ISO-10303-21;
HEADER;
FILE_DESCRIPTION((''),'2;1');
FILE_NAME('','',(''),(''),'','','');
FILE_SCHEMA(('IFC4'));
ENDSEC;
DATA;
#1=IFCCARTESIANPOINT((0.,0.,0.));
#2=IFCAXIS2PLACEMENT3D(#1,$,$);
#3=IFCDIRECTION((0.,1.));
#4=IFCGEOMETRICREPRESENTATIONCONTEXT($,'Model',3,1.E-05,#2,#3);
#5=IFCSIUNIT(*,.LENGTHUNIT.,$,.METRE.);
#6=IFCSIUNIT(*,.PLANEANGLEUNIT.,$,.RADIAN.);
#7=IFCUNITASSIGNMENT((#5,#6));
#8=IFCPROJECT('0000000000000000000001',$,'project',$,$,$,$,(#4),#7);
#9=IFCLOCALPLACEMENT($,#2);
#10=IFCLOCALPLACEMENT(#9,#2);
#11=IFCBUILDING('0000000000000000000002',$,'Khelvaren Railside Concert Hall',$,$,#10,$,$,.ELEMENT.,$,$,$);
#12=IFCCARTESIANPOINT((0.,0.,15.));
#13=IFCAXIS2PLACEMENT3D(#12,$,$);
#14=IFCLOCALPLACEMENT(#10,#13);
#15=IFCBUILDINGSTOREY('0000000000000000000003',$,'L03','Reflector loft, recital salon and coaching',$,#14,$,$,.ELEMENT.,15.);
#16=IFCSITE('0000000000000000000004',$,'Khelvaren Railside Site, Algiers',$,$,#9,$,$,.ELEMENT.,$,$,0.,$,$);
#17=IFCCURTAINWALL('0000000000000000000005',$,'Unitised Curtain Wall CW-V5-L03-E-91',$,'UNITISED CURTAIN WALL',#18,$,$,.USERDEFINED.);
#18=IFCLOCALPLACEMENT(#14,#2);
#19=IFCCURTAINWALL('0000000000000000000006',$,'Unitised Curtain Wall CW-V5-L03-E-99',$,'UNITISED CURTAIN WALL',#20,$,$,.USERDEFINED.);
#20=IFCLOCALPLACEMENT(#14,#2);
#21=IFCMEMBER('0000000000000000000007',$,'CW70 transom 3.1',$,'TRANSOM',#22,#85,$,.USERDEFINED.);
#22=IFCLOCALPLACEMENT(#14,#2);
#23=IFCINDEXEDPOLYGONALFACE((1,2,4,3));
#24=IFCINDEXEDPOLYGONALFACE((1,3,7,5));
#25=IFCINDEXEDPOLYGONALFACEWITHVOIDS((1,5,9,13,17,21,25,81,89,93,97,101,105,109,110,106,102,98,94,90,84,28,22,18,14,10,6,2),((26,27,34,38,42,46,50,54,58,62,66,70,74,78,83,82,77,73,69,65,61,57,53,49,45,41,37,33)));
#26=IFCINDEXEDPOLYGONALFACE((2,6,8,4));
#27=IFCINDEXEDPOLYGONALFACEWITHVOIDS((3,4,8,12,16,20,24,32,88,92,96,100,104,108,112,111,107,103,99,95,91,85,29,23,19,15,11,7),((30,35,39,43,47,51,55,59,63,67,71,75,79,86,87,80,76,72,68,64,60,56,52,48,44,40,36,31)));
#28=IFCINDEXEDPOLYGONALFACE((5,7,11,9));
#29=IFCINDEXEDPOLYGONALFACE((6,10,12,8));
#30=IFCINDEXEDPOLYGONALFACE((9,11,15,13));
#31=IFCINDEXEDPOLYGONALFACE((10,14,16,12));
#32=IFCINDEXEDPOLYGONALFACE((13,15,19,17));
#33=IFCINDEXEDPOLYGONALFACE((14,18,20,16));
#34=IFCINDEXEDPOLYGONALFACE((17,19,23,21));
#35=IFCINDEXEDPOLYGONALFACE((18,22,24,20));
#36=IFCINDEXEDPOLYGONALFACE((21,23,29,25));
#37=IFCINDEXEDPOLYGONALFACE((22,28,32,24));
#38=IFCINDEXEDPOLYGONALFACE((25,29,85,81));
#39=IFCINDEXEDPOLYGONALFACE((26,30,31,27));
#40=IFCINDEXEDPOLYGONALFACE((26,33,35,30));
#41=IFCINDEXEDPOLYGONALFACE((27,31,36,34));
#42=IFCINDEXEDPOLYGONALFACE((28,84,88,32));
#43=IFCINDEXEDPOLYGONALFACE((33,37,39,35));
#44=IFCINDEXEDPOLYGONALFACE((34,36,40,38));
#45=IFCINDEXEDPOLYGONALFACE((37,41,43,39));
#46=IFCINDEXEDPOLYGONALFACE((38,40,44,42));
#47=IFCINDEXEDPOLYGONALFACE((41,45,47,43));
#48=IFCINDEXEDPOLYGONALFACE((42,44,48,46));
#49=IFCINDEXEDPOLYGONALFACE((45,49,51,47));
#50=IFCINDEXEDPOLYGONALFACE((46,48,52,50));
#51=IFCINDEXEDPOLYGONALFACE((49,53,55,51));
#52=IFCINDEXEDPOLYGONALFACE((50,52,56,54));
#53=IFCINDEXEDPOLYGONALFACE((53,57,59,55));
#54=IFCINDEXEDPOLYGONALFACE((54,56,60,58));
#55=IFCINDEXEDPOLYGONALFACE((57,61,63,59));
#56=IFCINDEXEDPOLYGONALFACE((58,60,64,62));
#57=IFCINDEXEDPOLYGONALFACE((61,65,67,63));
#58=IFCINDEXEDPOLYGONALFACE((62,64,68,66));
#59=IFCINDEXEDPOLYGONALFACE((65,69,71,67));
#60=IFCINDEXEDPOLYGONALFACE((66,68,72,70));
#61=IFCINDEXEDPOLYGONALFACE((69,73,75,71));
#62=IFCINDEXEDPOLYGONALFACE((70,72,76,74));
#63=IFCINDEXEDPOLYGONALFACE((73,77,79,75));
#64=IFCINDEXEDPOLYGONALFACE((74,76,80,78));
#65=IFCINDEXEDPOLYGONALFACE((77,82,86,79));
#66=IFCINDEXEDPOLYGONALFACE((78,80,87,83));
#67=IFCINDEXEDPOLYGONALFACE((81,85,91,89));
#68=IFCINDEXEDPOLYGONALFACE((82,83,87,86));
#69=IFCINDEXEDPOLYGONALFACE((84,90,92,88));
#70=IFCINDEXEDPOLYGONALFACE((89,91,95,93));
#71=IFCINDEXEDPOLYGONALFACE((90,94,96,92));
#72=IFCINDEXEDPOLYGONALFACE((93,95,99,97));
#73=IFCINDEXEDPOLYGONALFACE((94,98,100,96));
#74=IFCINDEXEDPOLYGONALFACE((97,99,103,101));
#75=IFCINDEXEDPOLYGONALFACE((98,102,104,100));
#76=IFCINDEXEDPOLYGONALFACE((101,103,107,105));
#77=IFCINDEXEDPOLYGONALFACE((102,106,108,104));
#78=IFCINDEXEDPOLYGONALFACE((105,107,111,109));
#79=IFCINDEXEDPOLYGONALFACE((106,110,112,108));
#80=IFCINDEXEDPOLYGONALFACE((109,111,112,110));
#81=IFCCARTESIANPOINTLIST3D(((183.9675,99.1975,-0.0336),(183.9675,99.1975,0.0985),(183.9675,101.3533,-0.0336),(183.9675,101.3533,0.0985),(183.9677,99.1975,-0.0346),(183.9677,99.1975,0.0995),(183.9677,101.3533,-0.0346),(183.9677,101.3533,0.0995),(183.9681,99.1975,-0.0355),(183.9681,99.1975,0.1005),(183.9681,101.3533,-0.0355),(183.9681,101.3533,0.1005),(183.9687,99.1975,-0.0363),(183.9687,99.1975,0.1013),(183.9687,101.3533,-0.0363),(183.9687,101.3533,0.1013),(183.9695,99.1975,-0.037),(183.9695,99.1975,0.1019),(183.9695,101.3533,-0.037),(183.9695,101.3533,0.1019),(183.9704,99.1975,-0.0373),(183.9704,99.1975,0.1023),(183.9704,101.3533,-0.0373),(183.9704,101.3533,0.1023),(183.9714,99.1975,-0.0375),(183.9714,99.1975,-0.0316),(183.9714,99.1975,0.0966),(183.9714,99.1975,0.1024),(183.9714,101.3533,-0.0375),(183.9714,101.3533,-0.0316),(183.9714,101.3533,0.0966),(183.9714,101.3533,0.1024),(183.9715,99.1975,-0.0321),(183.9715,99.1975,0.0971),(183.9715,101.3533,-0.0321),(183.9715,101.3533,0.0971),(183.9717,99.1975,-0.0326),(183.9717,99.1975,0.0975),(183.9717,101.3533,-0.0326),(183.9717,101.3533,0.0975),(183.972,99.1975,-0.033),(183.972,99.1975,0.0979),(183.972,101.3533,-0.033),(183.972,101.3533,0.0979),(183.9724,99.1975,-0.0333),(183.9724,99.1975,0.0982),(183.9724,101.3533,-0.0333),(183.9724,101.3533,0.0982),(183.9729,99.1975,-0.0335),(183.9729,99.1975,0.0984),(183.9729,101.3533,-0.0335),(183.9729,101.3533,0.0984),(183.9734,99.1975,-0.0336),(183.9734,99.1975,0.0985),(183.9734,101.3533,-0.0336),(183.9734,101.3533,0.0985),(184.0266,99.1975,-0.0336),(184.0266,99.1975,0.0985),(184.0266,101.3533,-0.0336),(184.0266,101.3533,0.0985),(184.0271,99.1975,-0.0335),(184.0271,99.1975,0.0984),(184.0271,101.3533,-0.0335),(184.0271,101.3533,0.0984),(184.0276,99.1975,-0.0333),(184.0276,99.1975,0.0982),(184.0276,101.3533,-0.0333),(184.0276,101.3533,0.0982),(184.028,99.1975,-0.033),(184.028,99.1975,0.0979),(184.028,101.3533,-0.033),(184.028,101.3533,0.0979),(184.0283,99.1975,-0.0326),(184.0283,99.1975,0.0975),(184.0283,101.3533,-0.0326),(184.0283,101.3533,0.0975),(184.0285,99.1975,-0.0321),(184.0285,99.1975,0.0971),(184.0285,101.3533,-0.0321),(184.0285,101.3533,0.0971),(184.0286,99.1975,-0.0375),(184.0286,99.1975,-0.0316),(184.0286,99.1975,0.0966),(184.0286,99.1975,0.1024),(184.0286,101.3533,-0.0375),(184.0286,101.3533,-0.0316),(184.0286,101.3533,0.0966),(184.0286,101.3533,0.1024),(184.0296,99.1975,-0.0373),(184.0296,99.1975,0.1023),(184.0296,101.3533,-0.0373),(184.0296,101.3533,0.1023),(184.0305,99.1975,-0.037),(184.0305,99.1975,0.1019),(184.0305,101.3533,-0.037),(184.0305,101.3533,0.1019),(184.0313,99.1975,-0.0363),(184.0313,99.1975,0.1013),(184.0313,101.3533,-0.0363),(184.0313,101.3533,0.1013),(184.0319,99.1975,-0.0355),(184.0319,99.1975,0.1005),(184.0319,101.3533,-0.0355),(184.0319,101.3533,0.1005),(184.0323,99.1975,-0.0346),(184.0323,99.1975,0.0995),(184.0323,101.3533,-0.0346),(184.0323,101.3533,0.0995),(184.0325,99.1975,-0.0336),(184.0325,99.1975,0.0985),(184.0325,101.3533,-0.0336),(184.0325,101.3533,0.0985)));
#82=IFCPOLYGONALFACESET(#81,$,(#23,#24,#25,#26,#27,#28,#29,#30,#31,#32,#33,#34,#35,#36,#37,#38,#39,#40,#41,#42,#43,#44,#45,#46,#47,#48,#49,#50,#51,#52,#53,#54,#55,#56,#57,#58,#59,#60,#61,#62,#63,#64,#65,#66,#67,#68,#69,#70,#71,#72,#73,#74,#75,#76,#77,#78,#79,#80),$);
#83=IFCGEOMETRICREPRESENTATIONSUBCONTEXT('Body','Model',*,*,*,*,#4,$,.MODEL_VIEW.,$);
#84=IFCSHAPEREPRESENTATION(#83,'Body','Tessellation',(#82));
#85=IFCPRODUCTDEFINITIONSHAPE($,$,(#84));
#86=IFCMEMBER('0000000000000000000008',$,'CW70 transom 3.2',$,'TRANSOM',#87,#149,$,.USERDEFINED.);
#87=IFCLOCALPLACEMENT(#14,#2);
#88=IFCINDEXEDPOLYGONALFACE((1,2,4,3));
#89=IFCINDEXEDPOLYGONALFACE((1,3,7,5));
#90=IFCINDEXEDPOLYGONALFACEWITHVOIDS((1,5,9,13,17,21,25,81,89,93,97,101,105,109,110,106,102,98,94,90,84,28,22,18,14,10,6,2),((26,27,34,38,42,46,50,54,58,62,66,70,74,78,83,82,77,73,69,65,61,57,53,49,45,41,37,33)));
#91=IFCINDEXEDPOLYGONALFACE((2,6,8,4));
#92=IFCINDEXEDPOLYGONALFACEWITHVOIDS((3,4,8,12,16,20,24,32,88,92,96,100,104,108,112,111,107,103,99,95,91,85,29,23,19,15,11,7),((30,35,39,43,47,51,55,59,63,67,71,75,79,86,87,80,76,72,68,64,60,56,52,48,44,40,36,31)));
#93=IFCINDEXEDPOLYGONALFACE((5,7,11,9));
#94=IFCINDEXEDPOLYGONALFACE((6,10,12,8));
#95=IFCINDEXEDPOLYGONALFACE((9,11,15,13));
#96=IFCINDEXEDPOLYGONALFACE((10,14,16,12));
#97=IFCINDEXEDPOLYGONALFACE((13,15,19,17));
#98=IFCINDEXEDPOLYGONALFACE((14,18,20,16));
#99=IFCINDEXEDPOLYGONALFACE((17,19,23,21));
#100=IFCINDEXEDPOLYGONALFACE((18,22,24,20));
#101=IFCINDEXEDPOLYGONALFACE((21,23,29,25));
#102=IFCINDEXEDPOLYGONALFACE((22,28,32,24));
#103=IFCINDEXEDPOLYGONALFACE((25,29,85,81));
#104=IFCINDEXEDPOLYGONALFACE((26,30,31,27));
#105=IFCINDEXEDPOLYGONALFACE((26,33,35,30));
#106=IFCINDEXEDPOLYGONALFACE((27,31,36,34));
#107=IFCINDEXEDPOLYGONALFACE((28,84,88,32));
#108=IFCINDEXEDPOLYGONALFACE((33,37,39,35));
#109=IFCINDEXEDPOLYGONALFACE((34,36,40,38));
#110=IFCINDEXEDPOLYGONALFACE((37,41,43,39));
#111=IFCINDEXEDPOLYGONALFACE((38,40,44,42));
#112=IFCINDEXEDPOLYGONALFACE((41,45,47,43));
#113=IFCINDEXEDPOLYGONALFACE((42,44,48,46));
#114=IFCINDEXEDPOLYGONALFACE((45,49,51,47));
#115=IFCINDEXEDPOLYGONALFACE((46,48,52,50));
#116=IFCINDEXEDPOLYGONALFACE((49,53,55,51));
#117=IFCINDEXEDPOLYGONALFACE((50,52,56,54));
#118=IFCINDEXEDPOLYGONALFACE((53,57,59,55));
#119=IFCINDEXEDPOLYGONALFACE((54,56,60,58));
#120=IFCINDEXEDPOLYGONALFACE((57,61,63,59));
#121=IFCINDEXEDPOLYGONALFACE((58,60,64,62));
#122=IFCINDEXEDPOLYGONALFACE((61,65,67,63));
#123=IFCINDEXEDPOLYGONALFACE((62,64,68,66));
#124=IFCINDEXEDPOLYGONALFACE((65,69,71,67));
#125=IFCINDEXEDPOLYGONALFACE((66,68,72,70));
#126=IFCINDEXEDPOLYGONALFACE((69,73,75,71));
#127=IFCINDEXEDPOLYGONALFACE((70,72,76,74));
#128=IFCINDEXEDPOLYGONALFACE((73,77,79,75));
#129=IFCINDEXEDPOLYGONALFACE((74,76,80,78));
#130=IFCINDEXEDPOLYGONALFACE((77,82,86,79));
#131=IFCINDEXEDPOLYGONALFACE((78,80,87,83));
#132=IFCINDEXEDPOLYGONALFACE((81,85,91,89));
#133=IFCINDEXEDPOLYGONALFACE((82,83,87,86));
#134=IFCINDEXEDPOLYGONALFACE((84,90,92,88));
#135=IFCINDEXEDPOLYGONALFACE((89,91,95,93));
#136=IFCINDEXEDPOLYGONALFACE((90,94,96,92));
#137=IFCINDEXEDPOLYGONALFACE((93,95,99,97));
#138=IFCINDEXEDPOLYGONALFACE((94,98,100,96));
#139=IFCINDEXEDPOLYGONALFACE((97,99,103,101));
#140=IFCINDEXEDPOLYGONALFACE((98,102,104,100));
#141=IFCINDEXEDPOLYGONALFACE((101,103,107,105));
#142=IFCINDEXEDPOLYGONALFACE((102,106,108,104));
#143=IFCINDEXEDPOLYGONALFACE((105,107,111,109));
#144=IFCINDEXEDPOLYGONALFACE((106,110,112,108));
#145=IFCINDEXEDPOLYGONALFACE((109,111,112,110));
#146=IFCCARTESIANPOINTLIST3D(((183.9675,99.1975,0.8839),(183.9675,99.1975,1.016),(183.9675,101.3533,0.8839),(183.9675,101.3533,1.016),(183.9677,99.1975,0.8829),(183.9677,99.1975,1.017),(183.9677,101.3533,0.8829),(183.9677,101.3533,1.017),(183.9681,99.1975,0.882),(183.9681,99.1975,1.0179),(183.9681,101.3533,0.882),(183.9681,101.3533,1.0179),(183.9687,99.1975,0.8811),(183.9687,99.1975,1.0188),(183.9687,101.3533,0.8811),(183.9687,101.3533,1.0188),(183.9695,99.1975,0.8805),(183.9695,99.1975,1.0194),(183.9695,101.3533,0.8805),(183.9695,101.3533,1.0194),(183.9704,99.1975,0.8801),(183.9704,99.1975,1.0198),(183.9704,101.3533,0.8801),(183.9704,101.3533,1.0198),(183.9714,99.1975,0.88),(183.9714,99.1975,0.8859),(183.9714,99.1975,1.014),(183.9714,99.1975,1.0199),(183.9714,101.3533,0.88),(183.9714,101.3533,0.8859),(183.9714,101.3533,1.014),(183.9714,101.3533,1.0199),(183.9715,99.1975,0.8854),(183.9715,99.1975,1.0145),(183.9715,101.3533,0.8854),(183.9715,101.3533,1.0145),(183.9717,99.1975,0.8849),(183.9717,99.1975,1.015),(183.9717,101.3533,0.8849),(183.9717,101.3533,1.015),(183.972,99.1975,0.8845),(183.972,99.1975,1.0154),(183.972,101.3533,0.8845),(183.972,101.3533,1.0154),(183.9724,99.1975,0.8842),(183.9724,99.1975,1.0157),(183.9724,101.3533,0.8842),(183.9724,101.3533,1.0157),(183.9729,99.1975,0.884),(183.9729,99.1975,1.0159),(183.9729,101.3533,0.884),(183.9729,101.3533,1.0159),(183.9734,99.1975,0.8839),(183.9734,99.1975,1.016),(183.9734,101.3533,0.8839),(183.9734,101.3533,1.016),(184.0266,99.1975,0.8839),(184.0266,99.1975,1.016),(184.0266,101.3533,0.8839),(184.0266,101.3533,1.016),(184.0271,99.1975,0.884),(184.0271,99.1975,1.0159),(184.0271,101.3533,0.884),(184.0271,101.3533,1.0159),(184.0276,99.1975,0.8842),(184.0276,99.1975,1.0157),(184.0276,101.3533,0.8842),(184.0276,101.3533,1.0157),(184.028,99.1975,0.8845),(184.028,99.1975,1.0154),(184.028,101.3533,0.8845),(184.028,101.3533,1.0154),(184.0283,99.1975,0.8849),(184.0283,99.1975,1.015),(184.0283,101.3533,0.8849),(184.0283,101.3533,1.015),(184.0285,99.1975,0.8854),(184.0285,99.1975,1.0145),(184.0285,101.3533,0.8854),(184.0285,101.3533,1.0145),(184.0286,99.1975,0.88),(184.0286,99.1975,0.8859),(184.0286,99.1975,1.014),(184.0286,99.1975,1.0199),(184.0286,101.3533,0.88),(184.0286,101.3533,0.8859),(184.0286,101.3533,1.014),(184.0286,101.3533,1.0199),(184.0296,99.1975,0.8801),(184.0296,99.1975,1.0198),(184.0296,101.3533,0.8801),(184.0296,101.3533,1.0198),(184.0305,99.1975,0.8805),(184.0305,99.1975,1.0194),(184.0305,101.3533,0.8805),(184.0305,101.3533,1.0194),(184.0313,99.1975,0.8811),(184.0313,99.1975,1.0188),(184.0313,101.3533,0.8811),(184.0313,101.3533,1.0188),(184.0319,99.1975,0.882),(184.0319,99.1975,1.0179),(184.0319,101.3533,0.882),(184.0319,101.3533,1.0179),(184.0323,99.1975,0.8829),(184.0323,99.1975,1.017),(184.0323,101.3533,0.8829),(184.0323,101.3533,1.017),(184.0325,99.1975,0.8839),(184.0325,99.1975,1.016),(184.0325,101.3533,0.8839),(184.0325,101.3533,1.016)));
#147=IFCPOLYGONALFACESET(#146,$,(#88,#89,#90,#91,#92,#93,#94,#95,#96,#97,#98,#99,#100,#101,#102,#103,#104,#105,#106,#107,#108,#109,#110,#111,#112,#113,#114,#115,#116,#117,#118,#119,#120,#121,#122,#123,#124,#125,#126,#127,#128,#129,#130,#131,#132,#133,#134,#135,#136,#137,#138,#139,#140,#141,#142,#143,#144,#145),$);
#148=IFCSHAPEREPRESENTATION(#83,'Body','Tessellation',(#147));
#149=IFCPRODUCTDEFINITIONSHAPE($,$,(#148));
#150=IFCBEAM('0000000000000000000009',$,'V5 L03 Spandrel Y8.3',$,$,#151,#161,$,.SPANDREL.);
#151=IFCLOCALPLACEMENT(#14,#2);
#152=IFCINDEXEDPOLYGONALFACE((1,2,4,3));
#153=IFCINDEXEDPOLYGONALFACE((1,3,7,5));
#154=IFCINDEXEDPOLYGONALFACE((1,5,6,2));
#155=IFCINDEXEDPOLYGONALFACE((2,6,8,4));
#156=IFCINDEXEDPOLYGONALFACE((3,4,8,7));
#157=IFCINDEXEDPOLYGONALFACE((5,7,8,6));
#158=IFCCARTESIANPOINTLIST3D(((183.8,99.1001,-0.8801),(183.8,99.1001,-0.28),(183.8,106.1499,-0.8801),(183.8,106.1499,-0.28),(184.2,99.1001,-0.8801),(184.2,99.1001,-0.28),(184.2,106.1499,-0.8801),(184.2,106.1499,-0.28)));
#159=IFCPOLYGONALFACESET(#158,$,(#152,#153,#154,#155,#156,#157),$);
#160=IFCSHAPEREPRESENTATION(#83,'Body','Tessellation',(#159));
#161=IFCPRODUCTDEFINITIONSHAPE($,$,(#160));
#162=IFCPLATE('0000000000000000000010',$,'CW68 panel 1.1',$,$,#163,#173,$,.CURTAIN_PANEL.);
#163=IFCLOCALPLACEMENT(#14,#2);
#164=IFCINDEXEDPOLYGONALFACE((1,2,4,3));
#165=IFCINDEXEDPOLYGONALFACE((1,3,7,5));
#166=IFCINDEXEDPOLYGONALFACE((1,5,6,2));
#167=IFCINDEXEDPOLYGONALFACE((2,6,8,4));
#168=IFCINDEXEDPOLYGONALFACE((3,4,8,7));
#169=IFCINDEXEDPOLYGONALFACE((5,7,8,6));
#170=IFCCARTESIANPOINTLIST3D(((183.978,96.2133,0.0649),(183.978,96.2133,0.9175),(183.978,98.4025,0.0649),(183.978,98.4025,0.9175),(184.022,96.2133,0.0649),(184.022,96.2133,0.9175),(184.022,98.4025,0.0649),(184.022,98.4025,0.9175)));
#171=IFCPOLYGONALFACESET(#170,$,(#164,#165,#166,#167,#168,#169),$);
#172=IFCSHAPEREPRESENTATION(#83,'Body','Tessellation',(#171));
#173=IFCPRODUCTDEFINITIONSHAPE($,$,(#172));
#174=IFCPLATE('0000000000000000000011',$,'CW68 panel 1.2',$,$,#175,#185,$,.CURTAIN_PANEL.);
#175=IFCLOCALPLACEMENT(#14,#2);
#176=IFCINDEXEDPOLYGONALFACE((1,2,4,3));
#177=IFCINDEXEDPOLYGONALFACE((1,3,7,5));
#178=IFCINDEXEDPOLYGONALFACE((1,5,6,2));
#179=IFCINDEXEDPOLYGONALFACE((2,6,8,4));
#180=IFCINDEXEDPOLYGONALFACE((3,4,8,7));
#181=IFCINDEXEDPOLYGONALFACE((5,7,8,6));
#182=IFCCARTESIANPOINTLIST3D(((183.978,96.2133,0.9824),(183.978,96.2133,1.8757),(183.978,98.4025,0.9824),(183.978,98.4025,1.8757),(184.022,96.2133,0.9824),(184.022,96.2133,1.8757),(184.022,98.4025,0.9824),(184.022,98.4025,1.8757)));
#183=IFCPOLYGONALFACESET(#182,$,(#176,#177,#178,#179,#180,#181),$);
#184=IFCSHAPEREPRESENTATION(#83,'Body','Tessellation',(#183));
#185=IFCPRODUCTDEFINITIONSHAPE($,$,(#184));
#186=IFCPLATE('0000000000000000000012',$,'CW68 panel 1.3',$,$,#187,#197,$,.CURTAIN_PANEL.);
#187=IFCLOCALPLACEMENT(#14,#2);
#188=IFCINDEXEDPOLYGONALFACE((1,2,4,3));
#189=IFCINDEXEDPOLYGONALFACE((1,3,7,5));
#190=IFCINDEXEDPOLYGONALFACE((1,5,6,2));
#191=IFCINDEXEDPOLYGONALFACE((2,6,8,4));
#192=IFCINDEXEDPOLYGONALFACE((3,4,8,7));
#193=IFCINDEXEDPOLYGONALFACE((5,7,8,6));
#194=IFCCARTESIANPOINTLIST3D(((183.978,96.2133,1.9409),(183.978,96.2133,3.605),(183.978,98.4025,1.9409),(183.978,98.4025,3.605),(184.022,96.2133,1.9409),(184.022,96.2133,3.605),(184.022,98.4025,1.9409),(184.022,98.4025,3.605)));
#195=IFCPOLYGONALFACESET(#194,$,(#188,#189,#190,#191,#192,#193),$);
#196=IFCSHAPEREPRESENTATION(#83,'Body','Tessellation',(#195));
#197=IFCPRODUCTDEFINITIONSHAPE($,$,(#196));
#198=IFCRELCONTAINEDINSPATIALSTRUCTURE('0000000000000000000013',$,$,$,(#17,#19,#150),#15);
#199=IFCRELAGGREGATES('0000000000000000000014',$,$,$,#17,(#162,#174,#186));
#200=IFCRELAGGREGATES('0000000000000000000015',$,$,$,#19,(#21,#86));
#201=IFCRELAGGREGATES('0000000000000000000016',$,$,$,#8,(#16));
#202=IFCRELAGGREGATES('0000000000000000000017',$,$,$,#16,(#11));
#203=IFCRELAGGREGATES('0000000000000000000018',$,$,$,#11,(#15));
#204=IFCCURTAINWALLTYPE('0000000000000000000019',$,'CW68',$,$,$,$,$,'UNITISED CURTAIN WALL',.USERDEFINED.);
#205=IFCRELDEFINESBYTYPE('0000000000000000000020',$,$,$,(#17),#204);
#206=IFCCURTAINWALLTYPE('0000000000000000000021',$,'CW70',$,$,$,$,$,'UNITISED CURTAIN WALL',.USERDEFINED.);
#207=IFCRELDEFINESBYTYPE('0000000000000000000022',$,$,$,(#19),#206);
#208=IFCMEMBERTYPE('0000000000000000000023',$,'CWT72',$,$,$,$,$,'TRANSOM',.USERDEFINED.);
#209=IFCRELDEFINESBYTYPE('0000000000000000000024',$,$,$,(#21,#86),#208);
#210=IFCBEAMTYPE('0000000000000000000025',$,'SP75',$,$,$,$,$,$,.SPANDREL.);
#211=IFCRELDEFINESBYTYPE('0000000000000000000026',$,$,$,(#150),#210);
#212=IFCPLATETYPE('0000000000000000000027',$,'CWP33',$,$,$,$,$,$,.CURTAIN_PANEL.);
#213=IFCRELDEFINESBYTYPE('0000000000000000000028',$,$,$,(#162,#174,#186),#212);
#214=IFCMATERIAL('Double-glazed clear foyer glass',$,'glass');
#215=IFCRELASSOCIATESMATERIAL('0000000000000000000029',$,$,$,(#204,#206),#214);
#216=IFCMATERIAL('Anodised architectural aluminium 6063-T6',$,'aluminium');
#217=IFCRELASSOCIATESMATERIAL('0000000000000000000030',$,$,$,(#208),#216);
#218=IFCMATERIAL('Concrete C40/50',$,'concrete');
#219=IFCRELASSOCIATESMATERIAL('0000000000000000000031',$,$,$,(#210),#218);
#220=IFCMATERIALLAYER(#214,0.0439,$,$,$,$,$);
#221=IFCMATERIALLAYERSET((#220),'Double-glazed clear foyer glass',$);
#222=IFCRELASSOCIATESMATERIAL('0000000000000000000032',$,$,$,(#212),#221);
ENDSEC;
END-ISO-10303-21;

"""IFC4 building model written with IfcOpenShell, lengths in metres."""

from ifc_helpers import new_model, si_unit, direction, frame, origin, origin_2d, place, context, subcontext, project, spatial, rectangle, hollow_rectangle, extrude, material, layer, layer_set, material_profile, profile_set, type_object, element, aggregate, save


model = new_model("IFC4")

# Units and contexts
model_context = context("Model", 3, precision=1e-05, world=origin(), true_north=direction((0.0, 1.0)))
body_context = subcontext(model_context, "Body", "Model", "MODEL_VIEW")
ifc_project = project(units=[si_unit("LENGTHUNIT", "METRE"), si_unit("PLANEANGLEUNIT", "RADIAN")], contexts=[model_context])

# Site, building, storey
site_placement = place(None, origin())
site = spatial("IfcSite", under=ifc_project, at=site_placement, Name="Khelvaren Railside Site, Algiers", CompositionType="ELEMENT", RefElevation=0.0)
building_placement = place(site_placement, origin())
building = spatial("IfcBuilding", under=site, at=building_placement, Name="Khelvaren Railside Concert Hall", CompositionType="ELEMENT")
storey_placement = place(building_placement, frame((0.0, 0.0, 15.0)))
storey = spatial("IfcBuildingStorey", under=building, at=storey_placement, Name="L03", Description="Reflector loft, recital salon and coaching", CompositionType="ELEMENT", Elevation=15.0)

# Curtain wall
ifc_material_1 = material(Name="Double-glazed clear foyer glass", Category="glass")
curtain_wall_type_1 = type_object("IfcCurtainWallType", Name="CW68", ElementType="UNITISED CURTAIN WALL", PredefinedType="USERDEFINED", material=ifc_material_1)
curtain_wall_1_placement = place(storey_placement, origin())
curtain_wall_1 = element("IfcCurtainWall", 1, at=curtain_wall_1_placement, inside=storey, type_object=curtain_wall_type_1, Name="Unitised Curtain Wall CW-V5-L03-E-91", ObjectType="UNITISED CURTAIN WALL", PredefinedType="USERDEFINED")
ifc_material_2 = material(Name="Anodised architectural aluminium 6063-T6", Category="aluminium")

# Curtain wall
curtain_wall_type_2 = type_object("IfcCurtainWallType", Name="CW70", ElementType="UNITISED CURTAIN WALL", PredefinedType="USERDEFINED", material=ifc_material_1)
curtain_wall_2_placement = place(storey_placement, origin())
curtain_wall_2 = element("IfcCurtainWall", 2, at=curtain_wall_2_placement, inside=storey, type_object=curtain_wall_type_2, Name="Unitised Curtain Wall CW-V5-L03-E-99", ObjectType="UNITISED CURTAIN WALL", PredefinedType="USERDEFINED")

# Members
ifc_material_profile_1 = material_profile(ifc_material_2, hollow_rectangle(XDim=0.0649, YDim=0.1399, WallThickness=0.0039, InnerFilletRadius=0.002, OuterFilletRadius=0.0039, at=origin_2d()), Name="CWT 65x140x4")
ifc_profile_set_1 = profile_set([ifc_material_profile_1], Name="Anodised architectural aluminium 6063-T6")
member_type_1 = type_object("IfcMemberType", Name="CWT72", ElementType="TRANSOM", PredefinedType="USERDEFINED", material=ifc_profile_set_1)
member_1_placement = place(storey_placement, frame((184.0, 101.3533, 0.0325), z_axis=(0.0, -1.0, 0.0), x_axis=(1.0, 0.0, 0.0)))
member_1 = element("IfcMember", 3, at=member_1_placement, type_object=member_type_1, Name="CW70 transom 3.1", ObjectType="TRANSOM", PredefinedType="USERDEFINED", context=body_context, shape_type="SweptSolid", body=[
    extrude(hollow_rectangle(XDim=0.0649, YDim=0.1399, WallThickness=0.0039, InnerFilletRadius=0.002, OuterFilletRadius=0.0039, at=origin_2d()), origin(), (0.0, 0.0, 1.0), 2.1558),
])
member_2_placement = place(storey_placement, frame((184.0, 101.3533, 0.95), z_axis=(0.0, -1.0, 0.0), x_axis=(1.0, 0.0, 0.0)))
member_2 = element("IfcMember", 4, at=member_2_placement, type_object=member_type_1, Name="CW70 transom 3.2", ObjectType="TRANSOM", PredefinedType="USERDEFINED", context=body_context, shape_type="SweptSolid", body=[
    extrude(hollow_rectangle(XDim=0.0649, YDim=0.1399, WallThickness=0.0039, InnerFilletRadius=0.002, OuterFilletRadius=0.0039, at=origin_2d()), origin(), (0.0, 0.0, 1.0), 2.1558),
])

# Beam
ifc_material_3 = material(Name="Concrete C40/50", Category="concrete")
ifc_material_profile_2 = material_profile(ifc_material_3, rectangle(XDim=0.3999, YDim=0.6001, at=origin_2d()), Name="RCB 400x600")
ifc_profile_set_2 = profile_set([ifc_material_profile_2], Name="Concrete C40/50")
beam_type = type_object("IfcBeamType", Name="SP75", PredefinedType="SPANDREL", material=ifc_profile_set_2)
beam_placement = place(storey_placement, frame((184.0, 99.1001, -0.5801), z_axis=(0.0, 1.0, 0.0), x_axis=(-1.0, 0.0, 0.0)))
element("IfcBeam", 5, at=beam_placement, inside=storey, type_object=beam_type, Name="V5 L03 Spandrel Y8.3", PredefinedType="SPANDREL", context=body_context, shape_type="SweptSolid", body=[
    extrude(rectangle(XDim=0.3999, YDim=0.6001, at=origin_2d()), origin(), (0.0, 0.0, 1.0), 7.0498),
])

# Plates
ifc_layer = layer(ifc_material_1, 0.0439)
ifc_layer_set = layer_set([ifc_layer], Name="Double-glazed clear foyer glass")
plate_type = type_object("IfcPlateType", Name="CWP33", PredefinedType="CURTAIN_PANEL", material=ifc_layer_set)
plate_1_placement = place(storey_placement, frame((184.0, 97.3079, 0.0649), z_axis=(0.0, 0.0, 1.0), x_axis=(0.0, -1.0, 0.0)))
plate_1 = element("IfcPlate", 6, at=plate_1_placement, type_object=plate_type, Name="CW68 panel 1.1", PredefinedType="CURTAIN_PANEL", context=body_context, shape_type="SweptSolid", body=[
    extrude(rectangle(XDim=2.1892, YDim=0.0439, at=origin_2d()), origin(), (0.0, 0.0, 1.0), 0.8525),
])
plate_2_placement = place(storey_placement, frame((184.0, 97.3079, 0.9824), z_axis=(0.0, 0.0, 1.0), x_axis=(0.0, -1.0, 0.0)))
plate_2 = element("IfcPlate", 7, at=plate_2_placement, type_object=plate_type, Name="CW68 panel 1.2", PredefinedType="CURTAIN_PANEL", context=body_context, shape_type="SweptSolid", body=[
    extrude(rectangle(XDim=2.1892, YDim=0.0439, at=origin_2d()), origin(), (0.0, 0.0, 1.0), 0.8933),
])
plate_3_placement = place(storey_placement, frame((184.0, 97.3079, 1.9409), z_axis=(0.0, 0.0, 1.0), x_axis=(0.0, -1.0, 0.0)))
plate_3 = element("IfcPlate", 8, at=plate_3_placement, type_object=plate_type, Name="CW68 panel 1.3", PredefinedType="CURTAIN_PANEL", context=body_context, shape_type="SweptSolid", body=[
    extrude(rectangle(XDim=2.1892, YDim=0.0439, at=origin_2d()), origin(), (0.0, 0.0, 1.0), 1.6641),
])
aggregate(curtain_wall_1, [plate_1, plate_2, plate_3])
aggregate(curtain_wall_2, [member_1, member_2])

save(model, "model.ifc")
